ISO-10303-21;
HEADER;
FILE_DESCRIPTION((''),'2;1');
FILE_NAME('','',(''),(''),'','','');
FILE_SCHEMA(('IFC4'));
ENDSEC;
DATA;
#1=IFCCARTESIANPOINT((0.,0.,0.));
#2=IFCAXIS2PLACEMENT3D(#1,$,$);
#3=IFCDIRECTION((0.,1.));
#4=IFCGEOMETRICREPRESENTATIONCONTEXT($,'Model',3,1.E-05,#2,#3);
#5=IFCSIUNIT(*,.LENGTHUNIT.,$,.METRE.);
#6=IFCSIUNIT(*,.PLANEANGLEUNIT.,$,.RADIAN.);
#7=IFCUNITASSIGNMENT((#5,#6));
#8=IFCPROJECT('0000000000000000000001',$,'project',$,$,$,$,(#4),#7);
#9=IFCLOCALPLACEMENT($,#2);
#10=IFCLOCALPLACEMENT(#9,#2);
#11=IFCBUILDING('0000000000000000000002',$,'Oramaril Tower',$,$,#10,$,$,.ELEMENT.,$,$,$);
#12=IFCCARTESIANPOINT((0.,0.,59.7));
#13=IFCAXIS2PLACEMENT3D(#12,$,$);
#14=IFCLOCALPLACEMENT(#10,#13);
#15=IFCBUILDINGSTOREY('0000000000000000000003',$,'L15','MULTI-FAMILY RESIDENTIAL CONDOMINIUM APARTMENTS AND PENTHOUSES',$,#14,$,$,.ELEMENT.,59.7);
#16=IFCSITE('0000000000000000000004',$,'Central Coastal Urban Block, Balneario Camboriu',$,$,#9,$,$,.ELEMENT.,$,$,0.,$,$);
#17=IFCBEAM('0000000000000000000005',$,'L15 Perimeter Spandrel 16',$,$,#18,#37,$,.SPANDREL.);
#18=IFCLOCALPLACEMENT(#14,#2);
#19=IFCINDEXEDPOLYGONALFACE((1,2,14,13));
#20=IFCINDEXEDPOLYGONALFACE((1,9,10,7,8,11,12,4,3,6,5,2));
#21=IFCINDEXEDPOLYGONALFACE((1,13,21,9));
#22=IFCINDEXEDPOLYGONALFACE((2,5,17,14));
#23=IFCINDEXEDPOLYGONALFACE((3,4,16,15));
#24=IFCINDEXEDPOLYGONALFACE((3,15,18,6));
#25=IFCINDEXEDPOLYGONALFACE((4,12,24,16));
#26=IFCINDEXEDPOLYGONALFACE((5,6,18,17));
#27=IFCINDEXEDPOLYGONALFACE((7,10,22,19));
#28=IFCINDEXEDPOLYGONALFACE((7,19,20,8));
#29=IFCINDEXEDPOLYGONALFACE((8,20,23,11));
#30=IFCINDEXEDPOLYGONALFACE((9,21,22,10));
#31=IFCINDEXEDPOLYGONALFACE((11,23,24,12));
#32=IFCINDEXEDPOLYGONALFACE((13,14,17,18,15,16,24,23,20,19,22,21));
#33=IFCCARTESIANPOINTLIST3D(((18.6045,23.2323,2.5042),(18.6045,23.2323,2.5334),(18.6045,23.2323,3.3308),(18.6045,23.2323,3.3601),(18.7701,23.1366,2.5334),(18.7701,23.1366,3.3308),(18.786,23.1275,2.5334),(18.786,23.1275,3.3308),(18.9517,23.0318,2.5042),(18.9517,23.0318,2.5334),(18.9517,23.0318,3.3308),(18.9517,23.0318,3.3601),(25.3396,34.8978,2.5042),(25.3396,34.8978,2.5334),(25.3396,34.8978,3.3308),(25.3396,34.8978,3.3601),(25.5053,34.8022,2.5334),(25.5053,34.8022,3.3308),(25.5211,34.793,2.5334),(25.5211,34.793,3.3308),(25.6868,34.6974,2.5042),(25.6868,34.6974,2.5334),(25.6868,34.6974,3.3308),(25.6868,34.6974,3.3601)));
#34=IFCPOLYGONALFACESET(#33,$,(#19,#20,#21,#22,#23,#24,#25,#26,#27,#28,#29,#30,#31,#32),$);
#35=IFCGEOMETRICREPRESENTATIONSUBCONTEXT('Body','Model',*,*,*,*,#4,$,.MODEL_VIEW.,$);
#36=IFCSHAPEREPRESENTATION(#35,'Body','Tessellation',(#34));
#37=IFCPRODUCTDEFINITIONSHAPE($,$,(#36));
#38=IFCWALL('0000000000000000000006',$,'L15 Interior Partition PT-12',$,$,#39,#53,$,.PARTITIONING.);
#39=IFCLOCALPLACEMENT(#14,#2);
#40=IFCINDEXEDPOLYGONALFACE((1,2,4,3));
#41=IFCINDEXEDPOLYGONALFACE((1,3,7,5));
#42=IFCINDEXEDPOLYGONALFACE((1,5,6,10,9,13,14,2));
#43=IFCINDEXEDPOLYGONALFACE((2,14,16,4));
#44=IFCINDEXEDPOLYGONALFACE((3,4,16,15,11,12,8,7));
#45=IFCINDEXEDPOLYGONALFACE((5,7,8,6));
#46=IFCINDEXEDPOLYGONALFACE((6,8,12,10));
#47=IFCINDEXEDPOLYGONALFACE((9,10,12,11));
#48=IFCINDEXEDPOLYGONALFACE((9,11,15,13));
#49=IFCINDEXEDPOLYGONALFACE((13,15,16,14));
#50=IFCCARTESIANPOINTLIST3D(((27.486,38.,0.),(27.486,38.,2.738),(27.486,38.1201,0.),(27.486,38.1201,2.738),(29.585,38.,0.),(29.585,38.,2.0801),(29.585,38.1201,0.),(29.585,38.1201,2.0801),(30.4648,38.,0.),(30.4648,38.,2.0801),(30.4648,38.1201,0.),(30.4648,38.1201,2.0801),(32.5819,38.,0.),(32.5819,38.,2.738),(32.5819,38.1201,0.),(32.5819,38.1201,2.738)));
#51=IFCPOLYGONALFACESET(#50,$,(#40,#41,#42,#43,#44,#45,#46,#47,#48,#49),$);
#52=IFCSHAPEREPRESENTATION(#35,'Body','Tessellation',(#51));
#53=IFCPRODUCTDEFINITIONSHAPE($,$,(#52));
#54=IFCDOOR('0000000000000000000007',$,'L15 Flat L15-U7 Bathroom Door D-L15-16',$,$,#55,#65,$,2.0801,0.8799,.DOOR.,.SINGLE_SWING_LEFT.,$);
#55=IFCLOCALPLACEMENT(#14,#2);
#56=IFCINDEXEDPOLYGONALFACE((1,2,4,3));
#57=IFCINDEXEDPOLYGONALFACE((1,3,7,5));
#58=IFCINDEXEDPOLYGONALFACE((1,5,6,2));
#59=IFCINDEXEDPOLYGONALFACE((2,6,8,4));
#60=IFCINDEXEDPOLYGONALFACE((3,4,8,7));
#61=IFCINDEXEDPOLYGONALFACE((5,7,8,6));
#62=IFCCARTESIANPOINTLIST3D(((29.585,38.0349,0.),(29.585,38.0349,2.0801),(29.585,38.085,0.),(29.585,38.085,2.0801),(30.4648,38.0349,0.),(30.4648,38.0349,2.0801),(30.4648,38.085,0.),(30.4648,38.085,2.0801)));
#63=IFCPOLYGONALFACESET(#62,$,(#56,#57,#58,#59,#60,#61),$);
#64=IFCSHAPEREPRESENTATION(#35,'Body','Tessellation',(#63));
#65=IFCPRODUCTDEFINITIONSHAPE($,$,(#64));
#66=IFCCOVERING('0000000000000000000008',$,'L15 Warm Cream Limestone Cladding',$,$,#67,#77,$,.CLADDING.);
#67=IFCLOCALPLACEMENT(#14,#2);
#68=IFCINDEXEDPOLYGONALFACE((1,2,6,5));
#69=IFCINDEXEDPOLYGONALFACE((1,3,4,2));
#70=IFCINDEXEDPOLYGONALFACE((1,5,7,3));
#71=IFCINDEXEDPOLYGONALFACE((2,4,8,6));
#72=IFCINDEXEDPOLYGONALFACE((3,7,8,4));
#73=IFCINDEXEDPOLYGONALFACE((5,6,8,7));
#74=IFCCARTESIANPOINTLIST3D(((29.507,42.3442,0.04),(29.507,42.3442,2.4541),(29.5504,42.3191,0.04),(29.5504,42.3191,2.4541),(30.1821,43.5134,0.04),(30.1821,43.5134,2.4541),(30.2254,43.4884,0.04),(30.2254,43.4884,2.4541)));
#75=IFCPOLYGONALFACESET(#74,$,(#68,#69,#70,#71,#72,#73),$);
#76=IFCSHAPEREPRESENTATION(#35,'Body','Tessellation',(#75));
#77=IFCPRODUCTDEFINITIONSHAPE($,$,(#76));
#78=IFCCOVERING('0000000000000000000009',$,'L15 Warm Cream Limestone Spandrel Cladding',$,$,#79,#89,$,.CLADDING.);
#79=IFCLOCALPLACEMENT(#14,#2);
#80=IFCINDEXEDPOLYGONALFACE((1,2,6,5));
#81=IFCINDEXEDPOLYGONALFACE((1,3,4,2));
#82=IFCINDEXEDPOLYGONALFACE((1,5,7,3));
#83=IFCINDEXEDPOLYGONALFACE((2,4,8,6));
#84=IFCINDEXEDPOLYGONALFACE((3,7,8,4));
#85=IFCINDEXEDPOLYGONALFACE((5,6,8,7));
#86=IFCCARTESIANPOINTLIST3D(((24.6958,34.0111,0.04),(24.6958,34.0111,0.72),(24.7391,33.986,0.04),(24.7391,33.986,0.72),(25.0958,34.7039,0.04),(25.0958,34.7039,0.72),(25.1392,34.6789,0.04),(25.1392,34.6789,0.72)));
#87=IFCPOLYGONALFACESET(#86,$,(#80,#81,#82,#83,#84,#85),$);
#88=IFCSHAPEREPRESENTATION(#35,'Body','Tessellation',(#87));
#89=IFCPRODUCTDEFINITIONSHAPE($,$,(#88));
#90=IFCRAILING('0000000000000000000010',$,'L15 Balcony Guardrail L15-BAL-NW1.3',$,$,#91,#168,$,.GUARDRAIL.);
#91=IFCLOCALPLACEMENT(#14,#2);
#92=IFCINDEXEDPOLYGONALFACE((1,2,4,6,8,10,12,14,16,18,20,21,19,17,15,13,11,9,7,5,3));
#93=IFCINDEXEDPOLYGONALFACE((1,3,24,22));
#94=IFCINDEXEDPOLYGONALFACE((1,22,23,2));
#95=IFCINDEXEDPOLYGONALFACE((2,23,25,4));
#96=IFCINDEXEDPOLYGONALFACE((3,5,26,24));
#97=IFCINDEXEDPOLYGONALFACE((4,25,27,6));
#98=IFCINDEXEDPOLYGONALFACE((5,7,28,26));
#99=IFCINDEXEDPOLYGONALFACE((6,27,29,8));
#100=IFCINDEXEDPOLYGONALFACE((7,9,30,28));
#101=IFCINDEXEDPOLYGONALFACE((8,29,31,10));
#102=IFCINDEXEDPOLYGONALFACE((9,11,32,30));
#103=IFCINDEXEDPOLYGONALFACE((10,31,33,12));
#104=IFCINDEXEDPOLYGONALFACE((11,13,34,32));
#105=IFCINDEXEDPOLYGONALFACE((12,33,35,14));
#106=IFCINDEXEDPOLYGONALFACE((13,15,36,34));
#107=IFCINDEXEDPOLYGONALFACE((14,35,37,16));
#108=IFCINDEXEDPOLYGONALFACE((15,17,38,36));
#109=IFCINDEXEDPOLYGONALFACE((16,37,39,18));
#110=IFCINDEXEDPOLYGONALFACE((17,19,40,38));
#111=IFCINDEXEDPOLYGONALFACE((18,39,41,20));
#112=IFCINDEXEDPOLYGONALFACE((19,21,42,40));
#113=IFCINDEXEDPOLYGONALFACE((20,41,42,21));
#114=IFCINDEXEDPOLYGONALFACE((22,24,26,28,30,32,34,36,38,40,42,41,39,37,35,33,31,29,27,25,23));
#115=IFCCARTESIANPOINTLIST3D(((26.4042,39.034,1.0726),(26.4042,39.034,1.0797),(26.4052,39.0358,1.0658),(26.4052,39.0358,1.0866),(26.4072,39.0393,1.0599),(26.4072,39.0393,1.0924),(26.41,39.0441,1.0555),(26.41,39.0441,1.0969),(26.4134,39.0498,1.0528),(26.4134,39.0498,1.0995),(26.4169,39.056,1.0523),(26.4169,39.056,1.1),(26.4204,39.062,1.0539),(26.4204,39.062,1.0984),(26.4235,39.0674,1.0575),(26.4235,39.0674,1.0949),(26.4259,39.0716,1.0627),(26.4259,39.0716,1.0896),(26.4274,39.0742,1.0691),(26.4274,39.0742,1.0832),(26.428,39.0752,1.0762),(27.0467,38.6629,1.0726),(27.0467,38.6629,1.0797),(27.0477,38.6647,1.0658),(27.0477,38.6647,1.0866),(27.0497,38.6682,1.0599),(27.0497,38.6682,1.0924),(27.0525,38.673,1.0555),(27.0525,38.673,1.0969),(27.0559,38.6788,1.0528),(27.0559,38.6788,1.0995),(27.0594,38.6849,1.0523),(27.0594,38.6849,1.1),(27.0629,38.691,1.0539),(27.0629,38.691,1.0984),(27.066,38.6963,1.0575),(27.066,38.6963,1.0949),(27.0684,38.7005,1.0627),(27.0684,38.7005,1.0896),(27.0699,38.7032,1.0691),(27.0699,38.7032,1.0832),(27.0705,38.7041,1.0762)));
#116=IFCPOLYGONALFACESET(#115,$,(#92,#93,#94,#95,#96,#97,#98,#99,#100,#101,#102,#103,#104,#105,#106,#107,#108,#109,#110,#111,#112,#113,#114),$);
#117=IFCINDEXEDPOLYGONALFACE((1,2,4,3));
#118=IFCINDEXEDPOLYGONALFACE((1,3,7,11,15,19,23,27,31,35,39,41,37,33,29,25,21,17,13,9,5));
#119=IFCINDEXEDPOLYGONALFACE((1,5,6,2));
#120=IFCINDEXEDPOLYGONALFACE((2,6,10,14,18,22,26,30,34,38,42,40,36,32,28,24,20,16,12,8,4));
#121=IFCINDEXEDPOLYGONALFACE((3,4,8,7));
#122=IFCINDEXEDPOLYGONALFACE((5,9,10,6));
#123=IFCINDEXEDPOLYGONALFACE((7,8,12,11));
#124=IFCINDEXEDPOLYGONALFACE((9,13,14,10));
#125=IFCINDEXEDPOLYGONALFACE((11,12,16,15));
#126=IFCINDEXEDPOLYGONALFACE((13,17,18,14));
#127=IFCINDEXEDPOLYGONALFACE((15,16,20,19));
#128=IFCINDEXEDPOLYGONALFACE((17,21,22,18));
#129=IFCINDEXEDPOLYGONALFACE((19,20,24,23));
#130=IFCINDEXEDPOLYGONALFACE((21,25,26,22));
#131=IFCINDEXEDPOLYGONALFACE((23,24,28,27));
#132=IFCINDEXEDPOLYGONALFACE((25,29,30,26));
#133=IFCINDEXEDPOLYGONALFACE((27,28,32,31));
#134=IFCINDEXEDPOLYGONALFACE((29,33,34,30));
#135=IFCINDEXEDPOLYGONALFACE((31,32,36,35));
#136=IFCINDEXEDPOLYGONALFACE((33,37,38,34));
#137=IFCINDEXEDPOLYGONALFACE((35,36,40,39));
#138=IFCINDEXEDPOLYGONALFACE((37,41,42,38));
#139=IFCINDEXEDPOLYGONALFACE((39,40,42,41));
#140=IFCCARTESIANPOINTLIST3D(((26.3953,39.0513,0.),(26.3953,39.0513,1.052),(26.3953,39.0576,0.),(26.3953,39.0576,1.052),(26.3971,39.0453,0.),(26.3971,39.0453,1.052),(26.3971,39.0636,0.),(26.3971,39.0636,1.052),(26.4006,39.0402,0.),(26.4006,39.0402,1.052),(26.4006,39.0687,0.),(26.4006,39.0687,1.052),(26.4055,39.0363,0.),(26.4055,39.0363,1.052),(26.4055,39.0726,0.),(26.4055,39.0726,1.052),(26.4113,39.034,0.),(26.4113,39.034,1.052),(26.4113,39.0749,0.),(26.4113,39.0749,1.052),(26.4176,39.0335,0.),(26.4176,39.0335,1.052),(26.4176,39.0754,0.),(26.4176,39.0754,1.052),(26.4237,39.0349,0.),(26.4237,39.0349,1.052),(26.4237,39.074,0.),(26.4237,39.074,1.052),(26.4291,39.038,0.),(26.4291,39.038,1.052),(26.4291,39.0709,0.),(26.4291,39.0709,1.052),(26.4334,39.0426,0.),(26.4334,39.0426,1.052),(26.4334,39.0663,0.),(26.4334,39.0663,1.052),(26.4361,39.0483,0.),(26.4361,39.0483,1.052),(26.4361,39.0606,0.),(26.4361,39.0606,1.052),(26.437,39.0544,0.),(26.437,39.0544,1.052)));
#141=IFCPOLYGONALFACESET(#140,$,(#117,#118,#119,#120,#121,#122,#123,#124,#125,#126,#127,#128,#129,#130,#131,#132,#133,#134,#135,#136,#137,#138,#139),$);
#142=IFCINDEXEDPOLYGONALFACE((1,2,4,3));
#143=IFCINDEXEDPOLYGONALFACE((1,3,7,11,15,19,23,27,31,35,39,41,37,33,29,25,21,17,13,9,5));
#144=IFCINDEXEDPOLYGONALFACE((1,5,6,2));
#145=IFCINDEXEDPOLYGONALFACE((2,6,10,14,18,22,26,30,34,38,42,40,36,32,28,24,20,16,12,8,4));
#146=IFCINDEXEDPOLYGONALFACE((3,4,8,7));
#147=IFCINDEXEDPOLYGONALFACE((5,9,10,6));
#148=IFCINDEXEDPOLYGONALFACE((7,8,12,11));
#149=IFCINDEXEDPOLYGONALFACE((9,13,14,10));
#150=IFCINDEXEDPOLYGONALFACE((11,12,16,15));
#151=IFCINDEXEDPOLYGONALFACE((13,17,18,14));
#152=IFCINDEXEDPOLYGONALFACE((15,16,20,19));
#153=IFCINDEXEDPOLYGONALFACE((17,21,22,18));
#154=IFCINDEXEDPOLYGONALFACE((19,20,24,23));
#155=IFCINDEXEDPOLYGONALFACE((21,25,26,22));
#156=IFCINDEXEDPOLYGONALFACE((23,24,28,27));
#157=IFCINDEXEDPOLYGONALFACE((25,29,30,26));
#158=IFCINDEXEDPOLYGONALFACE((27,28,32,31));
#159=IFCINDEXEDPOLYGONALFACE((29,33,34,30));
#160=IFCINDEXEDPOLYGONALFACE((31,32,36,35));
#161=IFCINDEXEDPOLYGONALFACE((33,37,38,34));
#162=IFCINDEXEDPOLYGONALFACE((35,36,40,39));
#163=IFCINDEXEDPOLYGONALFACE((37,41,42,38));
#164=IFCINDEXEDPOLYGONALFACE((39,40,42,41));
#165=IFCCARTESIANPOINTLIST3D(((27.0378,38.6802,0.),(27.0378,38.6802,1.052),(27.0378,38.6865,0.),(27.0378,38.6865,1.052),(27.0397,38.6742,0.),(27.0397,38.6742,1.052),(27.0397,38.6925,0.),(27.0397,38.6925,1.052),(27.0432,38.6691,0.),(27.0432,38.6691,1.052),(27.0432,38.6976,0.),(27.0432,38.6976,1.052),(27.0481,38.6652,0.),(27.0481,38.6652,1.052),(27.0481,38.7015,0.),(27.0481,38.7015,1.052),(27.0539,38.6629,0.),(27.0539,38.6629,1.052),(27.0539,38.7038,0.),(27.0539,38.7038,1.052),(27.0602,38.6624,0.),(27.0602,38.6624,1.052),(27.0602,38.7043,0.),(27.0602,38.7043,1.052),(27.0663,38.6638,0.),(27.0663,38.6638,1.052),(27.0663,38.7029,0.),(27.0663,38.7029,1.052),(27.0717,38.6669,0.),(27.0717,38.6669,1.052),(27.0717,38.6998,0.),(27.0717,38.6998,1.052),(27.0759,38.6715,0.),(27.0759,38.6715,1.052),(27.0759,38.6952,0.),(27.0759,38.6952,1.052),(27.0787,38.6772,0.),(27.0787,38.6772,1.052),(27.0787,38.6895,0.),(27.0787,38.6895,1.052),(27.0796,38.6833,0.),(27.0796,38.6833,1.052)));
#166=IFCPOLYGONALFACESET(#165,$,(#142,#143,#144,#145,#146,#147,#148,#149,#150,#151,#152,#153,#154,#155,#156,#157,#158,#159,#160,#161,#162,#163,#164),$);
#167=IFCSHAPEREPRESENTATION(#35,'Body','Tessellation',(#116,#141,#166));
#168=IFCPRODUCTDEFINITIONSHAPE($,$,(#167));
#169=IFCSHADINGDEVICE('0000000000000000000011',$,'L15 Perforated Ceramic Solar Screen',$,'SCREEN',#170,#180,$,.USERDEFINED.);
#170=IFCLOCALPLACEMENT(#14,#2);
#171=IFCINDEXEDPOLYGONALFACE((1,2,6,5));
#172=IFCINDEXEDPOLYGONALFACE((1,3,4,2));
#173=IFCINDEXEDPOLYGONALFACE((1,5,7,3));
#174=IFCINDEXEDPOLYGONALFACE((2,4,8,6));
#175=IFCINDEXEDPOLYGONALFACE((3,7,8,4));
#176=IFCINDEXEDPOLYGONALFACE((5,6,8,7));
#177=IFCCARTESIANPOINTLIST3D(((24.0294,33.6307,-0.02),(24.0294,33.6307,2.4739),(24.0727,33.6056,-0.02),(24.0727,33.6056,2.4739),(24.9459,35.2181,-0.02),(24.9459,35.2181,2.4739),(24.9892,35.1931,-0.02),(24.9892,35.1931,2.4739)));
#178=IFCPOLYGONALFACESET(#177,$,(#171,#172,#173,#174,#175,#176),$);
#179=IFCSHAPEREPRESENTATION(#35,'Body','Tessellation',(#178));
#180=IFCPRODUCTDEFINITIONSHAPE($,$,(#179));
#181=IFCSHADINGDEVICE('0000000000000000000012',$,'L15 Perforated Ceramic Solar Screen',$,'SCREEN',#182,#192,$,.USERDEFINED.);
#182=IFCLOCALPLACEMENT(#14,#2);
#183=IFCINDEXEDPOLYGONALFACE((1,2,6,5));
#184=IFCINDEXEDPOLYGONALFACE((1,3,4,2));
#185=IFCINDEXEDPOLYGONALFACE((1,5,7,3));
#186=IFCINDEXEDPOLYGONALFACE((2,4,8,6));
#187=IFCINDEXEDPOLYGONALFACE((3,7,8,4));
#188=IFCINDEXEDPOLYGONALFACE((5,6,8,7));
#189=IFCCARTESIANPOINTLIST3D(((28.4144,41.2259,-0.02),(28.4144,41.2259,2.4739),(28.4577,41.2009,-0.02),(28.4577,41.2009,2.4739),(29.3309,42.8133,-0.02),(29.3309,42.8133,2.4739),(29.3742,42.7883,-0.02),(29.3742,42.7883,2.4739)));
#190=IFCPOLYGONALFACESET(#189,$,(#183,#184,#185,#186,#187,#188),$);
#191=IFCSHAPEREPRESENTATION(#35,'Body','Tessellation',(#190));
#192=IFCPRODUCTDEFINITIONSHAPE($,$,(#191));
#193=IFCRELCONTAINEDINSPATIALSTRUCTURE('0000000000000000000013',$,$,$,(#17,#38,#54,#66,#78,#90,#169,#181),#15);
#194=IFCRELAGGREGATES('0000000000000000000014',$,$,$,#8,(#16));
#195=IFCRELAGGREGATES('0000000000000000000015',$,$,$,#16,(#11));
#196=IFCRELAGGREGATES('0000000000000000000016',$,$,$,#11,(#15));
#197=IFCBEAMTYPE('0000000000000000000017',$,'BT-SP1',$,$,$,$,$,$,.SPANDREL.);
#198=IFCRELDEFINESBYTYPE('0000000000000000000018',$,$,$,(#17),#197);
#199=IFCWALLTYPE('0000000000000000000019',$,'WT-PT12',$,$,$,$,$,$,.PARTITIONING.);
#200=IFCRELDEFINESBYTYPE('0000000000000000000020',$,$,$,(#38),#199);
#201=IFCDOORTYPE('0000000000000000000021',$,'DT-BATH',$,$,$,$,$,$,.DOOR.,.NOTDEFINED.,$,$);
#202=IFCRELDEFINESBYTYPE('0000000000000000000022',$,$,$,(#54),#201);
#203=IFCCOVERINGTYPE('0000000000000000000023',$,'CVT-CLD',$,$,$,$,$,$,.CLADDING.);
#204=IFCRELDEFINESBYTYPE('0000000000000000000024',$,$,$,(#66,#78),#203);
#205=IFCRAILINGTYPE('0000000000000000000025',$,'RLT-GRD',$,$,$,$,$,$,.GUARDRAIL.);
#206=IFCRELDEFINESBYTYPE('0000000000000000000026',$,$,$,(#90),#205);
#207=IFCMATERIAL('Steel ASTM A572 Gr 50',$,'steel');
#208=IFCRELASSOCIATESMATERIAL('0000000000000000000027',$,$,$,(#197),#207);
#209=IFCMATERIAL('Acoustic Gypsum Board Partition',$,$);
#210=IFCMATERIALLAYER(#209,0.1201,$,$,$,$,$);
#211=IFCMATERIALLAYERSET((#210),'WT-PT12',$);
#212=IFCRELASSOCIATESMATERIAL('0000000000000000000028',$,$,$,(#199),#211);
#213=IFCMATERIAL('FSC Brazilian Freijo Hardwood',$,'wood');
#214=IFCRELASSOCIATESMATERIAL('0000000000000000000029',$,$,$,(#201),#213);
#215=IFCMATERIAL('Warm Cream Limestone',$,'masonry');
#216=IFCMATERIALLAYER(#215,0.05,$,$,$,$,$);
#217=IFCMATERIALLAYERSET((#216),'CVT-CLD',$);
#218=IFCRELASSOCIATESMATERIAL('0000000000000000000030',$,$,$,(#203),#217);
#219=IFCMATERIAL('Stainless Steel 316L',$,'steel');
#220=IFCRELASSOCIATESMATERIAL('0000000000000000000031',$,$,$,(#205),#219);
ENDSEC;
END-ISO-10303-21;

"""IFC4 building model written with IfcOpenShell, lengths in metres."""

from ifc_helpers import new_model, si_unit, direction, frame, frame_2d, origin, origin_2d, place, context, subcontext, project, spatial, rectangle, circle, i_section, extrude, material, layer, layer_set, material_profile, profile_set, type_object, element, fill, save


model = new_model("IFC4")

# Units and contexts
model_context = context("Model", 3, precision=1e-05, world=origin(), true_north=direction((0.0, 1.0)))
body_context = subcontext(model_context, "Body", "Model", "MODEL_VIEW")
ifc_project = project(units=[si_unit("LENGTHUNIT", "METRE"), si_unit("PLANEANGLEUNIT", "RADIAN")], contexts=[model_context])

# Site, building, storey
site_placement = place(None, origin())
site = spatial("IfcSite", under=ifc_project, at=site_placement, Name="Central Coastal Urban Block, Balneario Camboriu", CompositionType="ELEMENT", RefElevation=0.0)
building_placement = place(site_placement, origin())
building = spatial("IfcBuilding", under=site, at=building_placement, Name="Oramaril Tower", CompositionType="ELEMENT")
storey_placement = place(building_placement, frame((0.0, 0.0, 59.7)))
storey = spatial("IfcBuildingStorey", under=building, at=storey_placement, Name="L15", Description="MULTI-FAMILY RESIDENTIAL CONDOMINIUM APARTMENTS AND PENTHOUSES", CompositionType="ELEMENT", Elevation=59.7)

# Beam
ifc_material_1 = material(Name="Steel ASTM A572 Gr 50", Category="steel")
ifc_material_profile_1 = material_profile(ifc_material_1, i_section(OverallWidth=0.4009, OverallDepth=0.856, WebThickness=0.0183, FlangeThickness=0.0293, at=origin_2d()), Name="W33X201")
ifc_profile_set_1 = profile_set([ifc_material_profile_1], Name="Steel ASTM A572 Gr 50")
beam_type_1 = type_object("IfcBeamType", Name="BT-SP1", PredefinedType="SPANDREL", material=ifc_profile_set_1)
beam_1_placement = place(storey_placement, frame((25.5132, 34.7976, 2.9321), z_axis=(-0.500001, -0.866025, 0.0), x_axis=(0.866025, -0.500001, 0.0)))
element("IfcBeam", 1, at=beam_1_placement, inside=storey, type_object=beam_type_1, Name="L15 Perimeter Spandrel 16", PredefinedType="SPANDREL", context=body_context, shape_type="SweptSolid", body=[
    extrude(i_section(OverallWidth=0.4009, OverallDepth=0.856, WebThickness=0.0183, FlangeThickness=0.0293, at=origin_2d()), origin(), (0.0, 0.0, 1.0), 13.4702),
])

# Wall, opening, door
ifc_material_2 = material(Name="Acoustic Gypsum Board Partition")
ifc_layer_1 = layer(ifc_material_2, 0.1201)
ifc_layer_set_1 = layer_set([ifc_layer_1], Name="WT-PT12")
wall_type_1 = type_object("IfcWallType", Name="WT-PT12", PredefinedType="PARTITIONING", material=ifc_layer_set_1)
wall_1_placement = place(storey_placement, frame((27.4861, 38.0601, 0.0), z_axis=(0.0, 0.0, 1.0), x_axis=(1.0, 0.0, 0.0)))
wall_1 = element("IfcWall", 2, at=wall_1_placement, inside=storey, type_object=wall_type_1, Name="L15 Interior Partition PT-12", PredefinedType="PARTITIONING", context=body_context, shape_type="SweptSolid", body=[
    extrude(rectangle(XDim=5.0959, YDim=0.1201, at=frame_2d((2.5479, 0.0))), origin(), (0.0, 0.0, 1.0), 2.738),
])
opening_1_placement = place(wall_1_placement, frame((2.0989, 0.0, 0.0)))
opening_1 = element("IfcOpeningElement", 3, at=opening_1_placement, cuts=wall_1, PredefinedType="OPENING", context=body_context, shape_type="SweptSolid", body=[
    extrude(rectangle(XDim=0.8799, YDim=2.0801, at=frame_2d((0.4399, 1.04))), frame((0.0, 0.0601, 0.0), z_axis=(0.0, -1.0, 0.0), x_axis=(1.0, 0.0, 0.0)), (0.0, 0.0, 1.0), 0.1201),
])
ifc_material_3 = material(Name="FSC Brazilian Freijo Hardwood", Category="wood")
door_type_1 = type_object("IfcDoorType", Name="DT-BATH", OperationType="NOTDEFINED", PredefinedType="DOOR", material=ifc_material_3)
door_1_placement = place(opening_1_placement, origin())
door_1 = element("IfcDoor", 4, at=door_1_placement, inside=storey, type_object=door_type_1, Name="L15 Flat L15-U7 Bathroom Door D-L15-16", OperationType="SINGLE_SWING_LEFT", OverallHeight=2.0801, OverallWidth=0.8799, PredefinedType="DOOR", context=body_context, shape_type="SweptSolid", body=[
    extrude(rectangle(XDim=0.8799, YDim=2.0801, at=frame_2d((0.4399, 1.04))), frame((0.0, 0.0249, 0.0), z_axis=(0.0, -1.0, 0.0), x_axis=(1.0, 0.0, 0.0)), (0.0, 0.0, 1.0), 0.05),
])
fill(opening_1, door_1)

# Coverings
ifc_material_4 = material(Name="Warm Cream Limestone", Category="masonry")
ifc_layer_2 = layer(ifc_material_4, 0.05)
ifc_layer_set_2 = layer_set([ifc_layer_2], Name="CVT-CLD")
covering_type = type_object("IfcCoveringType", Name="CVT-CLD", PredefinedType="CLADDING", material=ifc_layer_set_2)
covering_1_placement = place(storey_placement, frame((29.8662, 42.9163, 0.04), z_axis=(0.0, 0.0, 1.0), x_axis=(-0.499998, -0.866026, 0.0)))
element("IfcCovering", 5, at=covering_1_placement, inside=storey, type_object=covering_type, Name="L15 Warm Cream Limestone Cladding", PredefinedType="CLADDING", context=body_context, shape_type="SweptSolid", body=[
    extrude(rectangle(XDim=1.3501, YDim=0.05, at=origin_2d()), origin(), (0.0, 0.0, 1.0), 2.4141),
])
covering_2_placement = place(storey_placement, frame((24.9175, 34.345, 0.04), z_axis=(0.0, 0.0, 1.0), x_axis=(-0.499998, -0.866026, 0.0)))
element("IfcCovering", 6, at=covering_2_placement, inside=storey, type_object=covering_type, Name="L15 Warm Cream Limestone Spandrel Cladding", PredefinedType="CLADDING", context=body_context, shape_type="SweptSolid", body=[
    extrude(rectangle(XDim=0.8, YDim=0.05, at=origin_2d()), origin(), (0.0, 0.0, 1.0), 0.6799),
])

# Railing
ifc_material_5 = material(Name="Stainless Steel 316L", Category="steel")
railing_type = type_object("IfcRailingType", Name="RLT-GRD", PredefinedType="GUARDRAIL", material=ifc_material_5)
railing_1_placement = place(storey_placement, frame((26.416, 39.0544, 0.0)))
element("IfcRailing", 7, at=railing_1_placement, inside=storey, type_object=railing_type, Name="L15 Balcony Guardrail L15-BAL-NW1.3", PredefinedType="GUARDRAIL", context=body_context, shape_type="SweptSolid", body=[
    extrude(circle(Radius=0.0239, at=origin_2d()), frame((0.0, 0.0, 1.0762), z_axis=(0.865966, -0.500102, 0.0), x_axis=(0.500102, 0.865966, 0.0)), (0.0, 0.0, 1.0), 0.7419),
    extrude(circle(Radius=0.021, at=origin_2d()), origin(), (0.0, 0.0, 1.0), 1.052),
    extrude(circle(Radius=0.021, at=origin_2d()), frame((0.6426, -0.3711, 0.0)), (0.0, 0.0, 1.0), 1.052),
])

# Shading devices
for number, where, z_axis, x_axis, name in (
    (8, (24.5093, 34.4119, -0.02), (0.0, 0.0, 1.0), (-0.499998, -0.866026, 0.0), "L15 Perforated Ceramic Solar Screen"),
    (9, (28.8943, 42.0071, -0.02), (0.0, 0.0, 1.0), (-0.499998, -0.866026, 0.0), "L15 Perforated Ceramic Solar Screen"),
):
    element("IfcShadingDevice", number, at=place(storey_placement, frame(where, z_axis=z_axis, x_axis=x_axis)), inside=storey, Name=name, ObjectType="SCREEN", PredefinedType="USERDEFINED", context=body_context, shape_type="SweptSolid", body=[
        extrude(rectangle(XDim=1.833, YDim=0.05, at=origin_2d()), origin(), (0.0, 0.0, 1.0), 2.4939),
    ])

save(model, "model.ifc")
